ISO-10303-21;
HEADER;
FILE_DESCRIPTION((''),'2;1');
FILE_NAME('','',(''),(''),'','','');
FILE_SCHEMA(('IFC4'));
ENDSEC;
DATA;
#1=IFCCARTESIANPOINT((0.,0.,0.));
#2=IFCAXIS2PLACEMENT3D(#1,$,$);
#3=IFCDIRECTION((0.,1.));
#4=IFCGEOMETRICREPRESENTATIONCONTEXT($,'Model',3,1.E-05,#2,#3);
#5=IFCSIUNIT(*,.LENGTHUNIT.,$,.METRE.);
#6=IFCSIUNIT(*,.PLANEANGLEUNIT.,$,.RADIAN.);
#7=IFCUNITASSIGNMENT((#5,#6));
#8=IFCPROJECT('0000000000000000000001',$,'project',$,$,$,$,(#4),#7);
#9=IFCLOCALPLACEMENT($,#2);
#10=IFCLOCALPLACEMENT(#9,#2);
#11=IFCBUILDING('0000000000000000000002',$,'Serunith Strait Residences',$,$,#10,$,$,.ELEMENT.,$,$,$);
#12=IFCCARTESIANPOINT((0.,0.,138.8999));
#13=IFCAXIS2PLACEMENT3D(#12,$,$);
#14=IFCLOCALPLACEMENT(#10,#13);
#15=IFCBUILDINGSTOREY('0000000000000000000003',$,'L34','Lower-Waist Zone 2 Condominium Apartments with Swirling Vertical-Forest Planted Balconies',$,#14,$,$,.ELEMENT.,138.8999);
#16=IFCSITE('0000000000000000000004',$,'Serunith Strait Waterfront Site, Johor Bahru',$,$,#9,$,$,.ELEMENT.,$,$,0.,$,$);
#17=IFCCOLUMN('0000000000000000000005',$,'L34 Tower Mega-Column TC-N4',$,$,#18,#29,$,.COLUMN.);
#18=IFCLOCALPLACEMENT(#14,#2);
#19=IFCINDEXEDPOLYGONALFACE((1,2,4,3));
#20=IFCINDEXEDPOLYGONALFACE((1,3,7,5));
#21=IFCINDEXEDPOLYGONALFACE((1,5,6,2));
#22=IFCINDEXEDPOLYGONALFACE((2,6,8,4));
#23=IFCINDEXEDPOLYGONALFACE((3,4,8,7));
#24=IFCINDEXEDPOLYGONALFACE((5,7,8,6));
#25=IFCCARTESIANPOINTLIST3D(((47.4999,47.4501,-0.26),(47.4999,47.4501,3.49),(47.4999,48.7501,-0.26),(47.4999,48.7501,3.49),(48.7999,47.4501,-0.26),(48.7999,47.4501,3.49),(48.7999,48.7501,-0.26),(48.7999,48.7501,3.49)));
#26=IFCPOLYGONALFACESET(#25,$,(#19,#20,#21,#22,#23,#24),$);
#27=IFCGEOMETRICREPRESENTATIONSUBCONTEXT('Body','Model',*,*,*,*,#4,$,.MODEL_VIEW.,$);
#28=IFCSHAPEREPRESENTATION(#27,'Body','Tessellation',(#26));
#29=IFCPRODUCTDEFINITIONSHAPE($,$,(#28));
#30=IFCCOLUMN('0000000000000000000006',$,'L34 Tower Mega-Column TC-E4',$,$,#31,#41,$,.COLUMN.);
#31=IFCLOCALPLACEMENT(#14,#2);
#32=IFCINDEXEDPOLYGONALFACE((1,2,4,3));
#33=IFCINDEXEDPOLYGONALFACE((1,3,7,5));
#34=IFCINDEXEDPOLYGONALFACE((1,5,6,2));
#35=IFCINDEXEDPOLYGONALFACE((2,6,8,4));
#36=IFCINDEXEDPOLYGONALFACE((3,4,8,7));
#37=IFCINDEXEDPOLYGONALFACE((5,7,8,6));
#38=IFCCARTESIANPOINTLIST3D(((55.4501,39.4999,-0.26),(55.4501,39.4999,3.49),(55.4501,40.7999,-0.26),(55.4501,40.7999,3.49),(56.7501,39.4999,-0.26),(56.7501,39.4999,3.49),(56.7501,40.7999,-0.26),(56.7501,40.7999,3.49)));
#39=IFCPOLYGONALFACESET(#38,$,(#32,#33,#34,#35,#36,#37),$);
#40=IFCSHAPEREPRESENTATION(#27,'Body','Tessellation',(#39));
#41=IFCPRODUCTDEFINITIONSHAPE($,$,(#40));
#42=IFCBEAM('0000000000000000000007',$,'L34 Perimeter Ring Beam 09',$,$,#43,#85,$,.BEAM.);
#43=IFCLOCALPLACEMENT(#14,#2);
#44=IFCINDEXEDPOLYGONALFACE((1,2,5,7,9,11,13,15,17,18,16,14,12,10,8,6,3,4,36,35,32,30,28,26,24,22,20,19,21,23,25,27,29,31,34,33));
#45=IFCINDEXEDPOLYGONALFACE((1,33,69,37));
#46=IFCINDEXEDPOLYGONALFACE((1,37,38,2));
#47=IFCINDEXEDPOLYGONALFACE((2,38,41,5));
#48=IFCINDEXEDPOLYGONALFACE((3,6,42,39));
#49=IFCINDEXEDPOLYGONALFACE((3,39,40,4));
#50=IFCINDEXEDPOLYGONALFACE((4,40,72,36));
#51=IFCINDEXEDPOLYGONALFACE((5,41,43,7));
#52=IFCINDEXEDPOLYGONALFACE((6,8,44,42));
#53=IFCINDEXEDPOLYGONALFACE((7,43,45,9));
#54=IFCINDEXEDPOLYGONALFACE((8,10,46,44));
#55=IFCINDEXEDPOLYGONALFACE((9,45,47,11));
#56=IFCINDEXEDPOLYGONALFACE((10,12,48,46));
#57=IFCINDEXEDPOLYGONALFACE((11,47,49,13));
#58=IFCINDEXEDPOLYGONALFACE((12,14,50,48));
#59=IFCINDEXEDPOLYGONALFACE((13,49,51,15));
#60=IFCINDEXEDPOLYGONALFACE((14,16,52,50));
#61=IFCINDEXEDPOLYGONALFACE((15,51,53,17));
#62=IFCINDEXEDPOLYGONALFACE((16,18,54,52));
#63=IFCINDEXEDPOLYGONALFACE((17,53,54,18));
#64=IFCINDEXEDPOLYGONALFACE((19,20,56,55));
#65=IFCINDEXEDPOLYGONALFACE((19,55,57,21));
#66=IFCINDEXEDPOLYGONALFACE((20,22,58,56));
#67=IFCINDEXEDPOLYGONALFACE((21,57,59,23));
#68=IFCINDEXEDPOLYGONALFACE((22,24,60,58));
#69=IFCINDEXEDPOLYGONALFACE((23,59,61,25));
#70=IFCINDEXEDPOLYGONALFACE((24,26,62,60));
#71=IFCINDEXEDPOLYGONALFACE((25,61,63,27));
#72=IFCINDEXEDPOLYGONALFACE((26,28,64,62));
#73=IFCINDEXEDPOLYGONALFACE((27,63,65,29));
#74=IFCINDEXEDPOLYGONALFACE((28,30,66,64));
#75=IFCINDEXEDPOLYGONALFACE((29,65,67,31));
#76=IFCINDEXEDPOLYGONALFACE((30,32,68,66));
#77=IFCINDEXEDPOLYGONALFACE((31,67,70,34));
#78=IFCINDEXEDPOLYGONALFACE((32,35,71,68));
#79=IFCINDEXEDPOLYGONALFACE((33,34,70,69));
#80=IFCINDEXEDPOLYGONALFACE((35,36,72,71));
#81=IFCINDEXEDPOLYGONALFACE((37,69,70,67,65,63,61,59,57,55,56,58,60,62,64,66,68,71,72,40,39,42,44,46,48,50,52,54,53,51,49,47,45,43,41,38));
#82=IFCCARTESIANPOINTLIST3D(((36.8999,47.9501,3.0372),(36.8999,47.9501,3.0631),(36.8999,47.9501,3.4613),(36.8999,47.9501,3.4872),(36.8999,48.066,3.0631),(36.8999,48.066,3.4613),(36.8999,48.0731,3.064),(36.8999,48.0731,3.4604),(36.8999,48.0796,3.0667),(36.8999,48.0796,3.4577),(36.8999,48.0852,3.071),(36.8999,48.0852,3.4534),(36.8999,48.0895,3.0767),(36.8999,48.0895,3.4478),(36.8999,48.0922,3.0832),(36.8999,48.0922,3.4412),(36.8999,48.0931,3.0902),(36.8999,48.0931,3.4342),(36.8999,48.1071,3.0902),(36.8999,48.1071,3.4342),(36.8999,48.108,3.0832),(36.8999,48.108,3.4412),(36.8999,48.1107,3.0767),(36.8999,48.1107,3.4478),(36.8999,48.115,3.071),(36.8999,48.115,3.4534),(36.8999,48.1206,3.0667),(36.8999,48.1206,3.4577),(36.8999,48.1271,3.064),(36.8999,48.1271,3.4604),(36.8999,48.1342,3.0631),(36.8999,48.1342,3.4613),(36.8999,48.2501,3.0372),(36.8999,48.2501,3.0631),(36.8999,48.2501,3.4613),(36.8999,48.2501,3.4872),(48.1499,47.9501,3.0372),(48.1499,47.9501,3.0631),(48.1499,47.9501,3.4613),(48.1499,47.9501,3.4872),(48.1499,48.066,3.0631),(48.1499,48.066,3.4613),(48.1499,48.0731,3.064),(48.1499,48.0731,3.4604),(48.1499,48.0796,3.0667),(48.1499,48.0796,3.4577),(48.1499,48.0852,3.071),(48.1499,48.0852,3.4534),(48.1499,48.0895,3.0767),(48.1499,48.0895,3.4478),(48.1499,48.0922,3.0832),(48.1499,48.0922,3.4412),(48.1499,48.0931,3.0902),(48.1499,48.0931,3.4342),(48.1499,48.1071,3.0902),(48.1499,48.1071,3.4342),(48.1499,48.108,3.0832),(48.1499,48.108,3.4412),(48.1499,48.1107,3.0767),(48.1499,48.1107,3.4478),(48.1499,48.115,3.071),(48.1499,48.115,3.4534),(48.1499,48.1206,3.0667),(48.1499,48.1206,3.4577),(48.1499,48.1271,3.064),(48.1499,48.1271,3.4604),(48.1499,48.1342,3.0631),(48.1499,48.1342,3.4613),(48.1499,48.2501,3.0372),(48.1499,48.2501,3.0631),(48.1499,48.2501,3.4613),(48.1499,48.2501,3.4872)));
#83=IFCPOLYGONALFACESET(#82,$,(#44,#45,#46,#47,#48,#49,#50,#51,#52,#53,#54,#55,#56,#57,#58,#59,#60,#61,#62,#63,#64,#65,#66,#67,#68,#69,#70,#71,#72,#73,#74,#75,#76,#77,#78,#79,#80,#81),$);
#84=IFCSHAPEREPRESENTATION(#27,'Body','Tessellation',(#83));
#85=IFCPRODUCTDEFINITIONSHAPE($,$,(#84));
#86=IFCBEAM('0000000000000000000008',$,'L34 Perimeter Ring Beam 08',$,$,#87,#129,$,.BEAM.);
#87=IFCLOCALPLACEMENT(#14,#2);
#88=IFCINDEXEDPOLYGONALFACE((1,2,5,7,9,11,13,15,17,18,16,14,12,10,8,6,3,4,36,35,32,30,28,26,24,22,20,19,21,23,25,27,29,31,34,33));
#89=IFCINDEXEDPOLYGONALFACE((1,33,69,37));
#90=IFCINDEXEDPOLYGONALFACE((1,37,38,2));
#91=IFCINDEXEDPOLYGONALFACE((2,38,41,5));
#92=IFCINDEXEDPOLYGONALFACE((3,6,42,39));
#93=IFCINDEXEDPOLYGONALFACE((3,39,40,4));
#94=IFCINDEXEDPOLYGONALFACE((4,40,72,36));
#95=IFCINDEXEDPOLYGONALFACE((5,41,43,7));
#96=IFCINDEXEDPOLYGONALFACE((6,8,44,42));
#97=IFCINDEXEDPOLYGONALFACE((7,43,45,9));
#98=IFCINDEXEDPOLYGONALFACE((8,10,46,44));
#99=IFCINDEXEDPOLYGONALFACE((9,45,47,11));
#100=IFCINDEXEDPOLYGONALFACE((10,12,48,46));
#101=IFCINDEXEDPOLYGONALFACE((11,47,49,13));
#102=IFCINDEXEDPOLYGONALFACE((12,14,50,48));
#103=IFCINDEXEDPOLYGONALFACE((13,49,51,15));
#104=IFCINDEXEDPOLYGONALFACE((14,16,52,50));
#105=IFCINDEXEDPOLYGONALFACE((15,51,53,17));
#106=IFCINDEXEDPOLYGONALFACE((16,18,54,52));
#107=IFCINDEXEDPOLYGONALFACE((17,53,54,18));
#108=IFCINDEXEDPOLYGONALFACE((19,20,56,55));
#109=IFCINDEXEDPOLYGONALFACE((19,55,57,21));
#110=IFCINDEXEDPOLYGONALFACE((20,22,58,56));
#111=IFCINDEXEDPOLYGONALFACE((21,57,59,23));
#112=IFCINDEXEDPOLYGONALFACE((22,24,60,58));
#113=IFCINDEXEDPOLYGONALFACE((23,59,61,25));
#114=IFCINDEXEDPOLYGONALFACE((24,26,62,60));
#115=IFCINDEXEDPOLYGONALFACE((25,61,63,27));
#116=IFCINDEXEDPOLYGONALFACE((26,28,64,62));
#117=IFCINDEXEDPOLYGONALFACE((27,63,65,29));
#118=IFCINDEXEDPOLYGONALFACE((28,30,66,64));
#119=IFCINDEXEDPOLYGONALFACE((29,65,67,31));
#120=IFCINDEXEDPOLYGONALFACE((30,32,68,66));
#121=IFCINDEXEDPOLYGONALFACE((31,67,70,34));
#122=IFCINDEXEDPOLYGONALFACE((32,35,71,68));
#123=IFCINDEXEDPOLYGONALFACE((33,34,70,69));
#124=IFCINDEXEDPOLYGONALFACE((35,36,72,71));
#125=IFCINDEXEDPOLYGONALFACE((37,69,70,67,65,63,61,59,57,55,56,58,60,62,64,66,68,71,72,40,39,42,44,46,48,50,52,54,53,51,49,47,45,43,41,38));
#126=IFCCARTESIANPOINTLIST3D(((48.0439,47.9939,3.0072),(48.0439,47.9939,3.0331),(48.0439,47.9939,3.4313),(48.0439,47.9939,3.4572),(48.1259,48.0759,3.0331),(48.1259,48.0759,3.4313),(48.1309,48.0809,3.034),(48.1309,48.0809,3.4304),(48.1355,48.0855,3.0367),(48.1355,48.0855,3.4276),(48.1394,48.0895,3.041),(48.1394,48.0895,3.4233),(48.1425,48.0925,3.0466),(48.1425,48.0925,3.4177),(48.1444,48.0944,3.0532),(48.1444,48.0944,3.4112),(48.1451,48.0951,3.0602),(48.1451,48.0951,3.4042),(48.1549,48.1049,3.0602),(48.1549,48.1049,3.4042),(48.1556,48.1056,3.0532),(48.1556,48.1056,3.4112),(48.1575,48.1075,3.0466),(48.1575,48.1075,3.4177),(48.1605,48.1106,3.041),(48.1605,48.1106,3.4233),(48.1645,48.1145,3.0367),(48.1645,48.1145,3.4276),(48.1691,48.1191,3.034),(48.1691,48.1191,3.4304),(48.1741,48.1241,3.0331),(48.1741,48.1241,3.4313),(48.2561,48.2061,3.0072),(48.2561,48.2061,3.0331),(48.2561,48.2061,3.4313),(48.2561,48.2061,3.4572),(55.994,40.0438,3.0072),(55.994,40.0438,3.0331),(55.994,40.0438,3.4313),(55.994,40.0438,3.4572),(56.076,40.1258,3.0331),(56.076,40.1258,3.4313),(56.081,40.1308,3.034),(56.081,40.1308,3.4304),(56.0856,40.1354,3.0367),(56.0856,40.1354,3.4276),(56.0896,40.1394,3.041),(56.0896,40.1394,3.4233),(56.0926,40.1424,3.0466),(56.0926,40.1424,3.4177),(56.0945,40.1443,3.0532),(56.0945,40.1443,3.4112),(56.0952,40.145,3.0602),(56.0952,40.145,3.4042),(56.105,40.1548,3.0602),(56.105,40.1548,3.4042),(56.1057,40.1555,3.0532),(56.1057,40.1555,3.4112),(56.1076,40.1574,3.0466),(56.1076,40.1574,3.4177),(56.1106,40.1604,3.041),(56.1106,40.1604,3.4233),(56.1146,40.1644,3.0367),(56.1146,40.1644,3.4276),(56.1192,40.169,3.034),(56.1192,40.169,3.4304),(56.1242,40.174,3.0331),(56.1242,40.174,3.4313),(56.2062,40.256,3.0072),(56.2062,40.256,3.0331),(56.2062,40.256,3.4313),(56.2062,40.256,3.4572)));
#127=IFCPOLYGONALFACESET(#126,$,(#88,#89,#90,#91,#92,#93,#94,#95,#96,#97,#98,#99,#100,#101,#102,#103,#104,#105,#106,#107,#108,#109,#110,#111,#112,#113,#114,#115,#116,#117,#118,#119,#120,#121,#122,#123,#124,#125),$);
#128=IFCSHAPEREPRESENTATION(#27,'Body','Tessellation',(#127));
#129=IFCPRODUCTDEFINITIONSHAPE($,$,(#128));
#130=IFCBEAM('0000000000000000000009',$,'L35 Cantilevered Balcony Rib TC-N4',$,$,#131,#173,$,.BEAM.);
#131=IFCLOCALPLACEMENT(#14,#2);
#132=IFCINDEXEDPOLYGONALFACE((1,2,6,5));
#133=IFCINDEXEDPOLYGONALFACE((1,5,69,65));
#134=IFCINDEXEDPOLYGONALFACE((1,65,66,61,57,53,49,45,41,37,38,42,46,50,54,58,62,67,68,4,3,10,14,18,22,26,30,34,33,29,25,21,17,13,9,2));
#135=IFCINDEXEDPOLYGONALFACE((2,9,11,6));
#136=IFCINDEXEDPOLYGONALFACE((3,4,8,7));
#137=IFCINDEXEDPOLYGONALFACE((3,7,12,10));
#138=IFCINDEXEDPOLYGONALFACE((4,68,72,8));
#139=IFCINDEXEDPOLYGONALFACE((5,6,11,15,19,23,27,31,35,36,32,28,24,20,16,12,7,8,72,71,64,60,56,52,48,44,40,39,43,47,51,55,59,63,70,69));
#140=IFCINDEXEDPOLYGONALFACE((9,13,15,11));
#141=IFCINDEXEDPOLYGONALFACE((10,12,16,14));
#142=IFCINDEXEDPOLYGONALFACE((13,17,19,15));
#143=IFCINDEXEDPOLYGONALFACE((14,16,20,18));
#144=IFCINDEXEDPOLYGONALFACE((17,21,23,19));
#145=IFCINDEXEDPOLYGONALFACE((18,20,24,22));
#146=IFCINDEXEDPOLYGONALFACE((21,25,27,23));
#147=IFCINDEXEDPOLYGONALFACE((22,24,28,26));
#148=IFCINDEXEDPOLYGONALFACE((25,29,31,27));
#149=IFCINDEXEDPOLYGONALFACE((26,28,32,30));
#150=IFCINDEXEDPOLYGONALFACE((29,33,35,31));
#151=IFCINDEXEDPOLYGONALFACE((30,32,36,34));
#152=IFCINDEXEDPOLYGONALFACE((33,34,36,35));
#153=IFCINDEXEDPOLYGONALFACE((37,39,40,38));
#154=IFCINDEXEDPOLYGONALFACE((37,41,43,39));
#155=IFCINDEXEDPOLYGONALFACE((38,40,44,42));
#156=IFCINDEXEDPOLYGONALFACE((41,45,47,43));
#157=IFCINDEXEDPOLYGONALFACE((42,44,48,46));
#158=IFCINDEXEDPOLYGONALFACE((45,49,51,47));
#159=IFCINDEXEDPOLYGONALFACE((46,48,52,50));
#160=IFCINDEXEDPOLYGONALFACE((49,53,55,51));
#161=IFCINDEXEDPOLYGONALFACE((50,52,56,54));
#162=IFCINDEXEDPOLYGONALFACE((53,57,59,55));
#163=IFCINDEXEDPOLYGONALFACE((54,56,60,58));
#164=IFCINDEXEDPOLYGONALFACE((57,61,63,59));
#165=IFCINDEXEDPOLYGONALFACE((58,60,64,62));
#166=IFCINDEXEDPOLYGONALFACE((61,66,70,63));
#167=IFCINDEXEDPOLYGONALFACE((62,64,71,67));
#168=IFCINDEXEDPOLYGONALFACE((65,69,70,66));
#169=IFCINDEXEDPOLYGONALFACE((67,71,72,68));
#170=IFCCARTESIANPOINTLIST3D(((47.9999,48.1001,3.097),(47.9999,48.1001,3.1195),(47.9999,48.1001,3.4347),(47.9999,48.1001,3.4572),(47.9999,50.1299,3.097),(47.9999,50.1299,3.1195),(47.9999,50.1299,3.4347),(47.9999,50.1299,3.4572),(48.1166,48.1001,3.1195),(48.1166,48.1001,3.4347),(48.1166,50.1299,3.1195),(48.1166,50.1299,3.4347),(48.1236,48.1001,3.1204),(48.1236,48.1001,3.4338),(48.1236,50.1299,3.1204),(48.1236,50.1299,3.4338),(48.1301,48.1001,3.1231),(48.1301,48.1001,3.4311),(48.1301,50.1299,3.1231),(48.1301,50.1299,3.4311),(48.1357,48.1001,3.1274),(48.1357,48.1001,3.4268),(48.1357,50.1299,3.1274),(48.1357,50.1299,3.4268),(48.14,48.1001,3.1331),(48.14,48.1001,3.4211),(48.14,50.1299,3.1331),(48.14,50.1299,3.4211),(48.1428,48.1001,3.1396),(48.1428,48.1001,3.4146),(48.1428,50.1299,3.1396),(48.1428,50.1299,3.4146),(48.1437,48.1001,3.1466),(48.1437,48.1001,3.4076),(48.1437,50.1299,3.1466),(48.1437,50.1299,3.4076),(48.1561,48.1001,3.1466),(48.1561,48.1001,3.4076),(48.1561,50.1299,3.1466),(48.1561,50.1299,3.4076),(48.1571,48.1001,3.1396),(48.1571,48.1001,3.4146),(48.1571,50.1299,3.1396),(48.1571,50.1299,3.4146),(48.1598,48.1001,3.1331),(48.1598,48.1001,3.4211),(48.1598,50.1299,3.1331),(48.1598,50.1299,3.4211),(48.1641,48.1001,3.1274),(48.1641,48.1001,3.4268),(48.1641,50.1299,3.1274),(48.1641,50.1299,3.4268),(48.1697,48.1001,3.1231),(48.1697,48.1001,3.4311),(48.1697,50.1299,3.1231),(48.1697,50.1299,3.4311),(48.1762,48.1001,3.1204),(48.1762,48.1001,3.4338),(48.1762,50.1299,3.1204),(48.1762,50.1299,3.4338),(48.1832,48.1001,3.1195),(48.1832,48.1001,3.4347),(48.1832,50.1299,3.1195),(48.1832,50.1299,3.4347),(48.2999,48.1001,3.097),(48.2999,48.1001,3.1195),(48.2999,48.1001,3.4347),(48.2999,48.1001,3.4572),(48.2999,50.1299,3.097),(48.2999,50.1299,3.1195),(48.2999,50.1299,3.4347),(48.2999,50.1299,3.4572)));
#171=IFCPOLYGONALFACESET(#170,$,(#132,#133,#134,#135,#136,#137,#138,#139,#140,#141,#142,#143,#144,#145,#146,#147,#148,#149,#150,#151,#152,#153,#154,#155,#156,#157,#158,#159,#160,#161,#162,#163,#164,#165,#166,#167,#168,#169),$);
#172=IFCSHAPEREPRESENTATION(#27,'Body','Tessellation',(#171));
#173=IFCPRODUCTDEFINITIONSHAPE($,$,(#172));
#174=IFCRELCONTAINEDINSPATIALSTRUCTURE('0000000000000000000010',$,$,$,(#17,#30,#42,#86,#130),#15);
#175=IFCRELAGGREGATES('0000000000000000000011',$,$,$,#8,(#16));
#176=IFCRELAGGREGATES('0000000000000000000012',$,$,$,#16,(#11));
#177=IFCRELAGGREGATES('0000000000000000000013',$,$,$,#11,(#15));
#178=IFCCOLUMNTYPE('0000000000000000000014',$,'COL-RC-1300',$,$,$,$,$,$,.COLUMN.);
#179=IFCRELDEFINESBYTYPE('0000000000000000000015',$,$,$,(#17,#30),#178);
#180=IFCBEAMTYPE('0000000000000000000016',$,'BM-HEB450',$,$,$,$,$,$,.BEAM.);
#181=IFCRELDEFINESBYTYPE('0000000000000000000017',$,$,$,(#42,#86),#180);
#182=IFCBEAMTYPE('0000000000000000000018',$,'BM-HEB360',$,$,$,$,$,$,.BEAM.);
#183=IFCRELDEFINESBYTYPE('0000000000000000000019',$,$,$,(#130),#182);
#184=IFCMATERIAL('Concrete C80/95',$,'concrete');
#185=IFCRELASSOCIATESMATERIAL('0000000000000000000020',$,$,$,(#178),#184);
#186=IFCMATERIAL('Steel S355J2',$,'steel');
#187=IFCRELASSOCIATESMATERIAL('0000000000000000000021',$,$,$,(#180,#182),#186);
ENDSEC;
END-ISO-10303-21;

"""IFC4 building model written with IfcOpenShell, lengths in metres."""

from ifc_helpers import new_model, si_unit, direction, frame, origin, origin_2d, place, context, subcontext, project, spatial, rectangle, i_section, extrude, source, transform, mapped, material, material_profile, profile_set, type_object, element, save


model = new_model("IFC4")

# Units and contexts
model_context = context("Model", 3, precision=1e-05, world=origin(), true_north=direction((0.0, 1.0)))
body_context = subcontext(model_context, "Body", "Model", "MODEL_VIEW")
ifc_project = project(units=[si_unit("LENGTHUNIT", "METRE"), si_unit("PLANEANGLEUNIT", "RADIAN")], contexts=[model_context])

# Site, building, storey
site_placement = place(None, origin())
site = spatial("IfcSite", under=ifc_project, at=site_placement, Name="Serunith Strait Waterfront Site, Johor Bahru", CompositionType="ELEMENT", RefElevation=0.0)
building_placement = place(site_placement, origin())
building = spatial("IfcBuilding", under=site, at=building_placement, Name="Serunith Strait Residences", CompositionType="ELEMENT")
storey_placement = place(building_placement, frame((0.0, 0.0, 138.8999)))
storey = spatial("IfcBuildingStorey", under=building, at=storey_placement, Name="L34", Description="Lower-Waist Zone 2 Condominium Apartments with Swirling Vertical-Forest Planted Balconies", CompositionType="ELEMENT", Elevation=138.8999)

# Columns
ifc_material_1 = material(Name="Concrete C80/95", Category="concrete")
ifc_material_profile_1 = material_profile(ifc_material_1, rectangle(XDim=1.3, YDim=1.3, at=origin_2d()), Name="RC 1300x1300")
ifc_profile_set_1 = profile_set([ifc_material_profile_1], Name="Concrete C80/95")
column_type = type_object("IfcColumnType", Name="COL-RC-1300", PredefinedType="COLUMN", material=ifc_profile_set_1)
shared_shape_1 = source(origin(), body_context, "Body", "SweptSolid", [
    extrude(rectangle(XDim=1.3, YDim=1.3, at=origin_2d()), origin(), (0.0, 0.0, 1.0), 3.75),
])
for number, where, z_axis, x_axis, name in (
    (1, (48.1499, 48.1001, -0.26), (0.0, 0.0, 1.0), (1.0, 0.0, 0.0), "L34 Tower Mega-Column TC-N4"),
    (2, (56.1001, 40.1499, -0.26), (0.0, 0.0, 1.0), (1.0, 0.0, 0.0), "L34 Tower Mega-Column TC-E4"),
):
    element("IfcColumn", number, at=place(storey_placement, frame(where, z_axis=z_axis, x_axis=x_axis)), inside=storey, type_object=column_type, Name=name, PredefinedType="COLUMN", context=body_context, shape_type="MappedRepresentation", body=[
        mapped(shared_shape_1, transform((0.0, 0.0, 0.0), scale=1.0)),
    ])

# Beams
ifc_material_2 = material(Name="Steel S355J2", Category="steel")
ifc_material_profile_2 = material_profile(ifc_material_2, i_section(OverallWidth=0.3, OverallDepth=0.45, WebThickness=0.0139, FlangeThickness=0.0259, FilletRadius=0.0271, at=origin_2d()), Name="HEB 450")
ifc_profile_set_2 = profile_set([ifc_material_profile_2], Name="Steel S355J2")
beam_type_1 = type_object("IfcBeamType", Name="BM-HEB450", PredefinedType="BEAM", material=ifc_profile_set_2)
shared_shape_2 = source(origin(), body_context, "Body", "SweptSolid", [
    extrude(i_section(OverallWidth=0.3, OverallDepth=0.45, WebThickness=0.0139, FlangeThickness=0.0259, FilletRadius=0.0271, at=origin_2d()), origin(), (0.0, 0.0, 1.0), 11.25),
])
beam_1_placement = place(storey_placement, frame((48.1499, 48.1001, 3.2622), z_axis=(-1.0, 0.0, 0.0), x_axis=(0.0, -1.0, 0.0)))
element("IfcBeam", 3, at=beam_1_placement, inside=storey, type_object=beam_type_1, Name="L34 Perimeter Ring Beam 09", PredefinedType="BEAM", context=body_context, shape_type="MappedRepresentation", body=[
    mapped(shared_shape_2, transform((0.0, 0.0, 0.0), scale=1.0)),
])
shared_shape_3 = source(origin(), body_context, "Body", "SweptSolid", [
    extrude(i_section(OverallWidth=0.3, OverallDepth=0.45, WebThickness=0.0139, FlangeThickness=0.0259, FilletRadius=0.0271, at=origin_2d()), origin(), (0.0, 0.0, 1.0), 11.2432),
])
beam_2_placement = place(storey_placement, frame((56.1001, 40.1499, 3.2322), z_axis=(-0.707107, 0.707107, 0.0), x_axis=(-0.707107, -0.707107, 0.0)))
element("IfcBeam", 4, at=beam_2_placement, inside=storey, type_object=beam_type_1, Name="L34 Perimeter Ring Beam 08", PredefinedType="BEAM", context=body_context, shape_type="MappedRepresentation", body=[
    mapped(shared_shape_3, transform((0.0, 0.0, 0.0), scale=1.0)),
])
ifc_material_profile_3 = material_profile(ifc_material_2, i_section(OverallWidth=0.3, OverallDepth=0.3601, WebThickness=0.0125, FlangeThickness=0.0225, FilletRadius=0.0271, at=origin_2d()), Name="HEB 360")
ifc_profile_set_3 = profile_set([ifc_material_profile_3], Name="Steel S355J2")
beam_type_2 = type_object("IfcBeamType", Name="BM-HEB360", PredefinedType="BEAM", material=ifc_profile_set_3)
shared_shape_4 = source(origin(), body_context, "Body", "SweptSolid", [
    extrude(i_section(OverallWidth=0.3, OverallDepth=0.3601, WebThickness=0.0125, FlangeThickness=0.0225, FilletRadius=0.0271, at=origin_2d()), origin(), (0.0, 0.0, 1.0), 2.0298),
])
for number, where, z_axis, x_axis, name in (
    (5, (48.1499, 48.1001, 3.2771), (0.0, 1.0, 0.0), (-1.0, 0.0, 0.0), "L35 Cantilevered Balcony Rib TC-N4"),
):
    element("IfcBeam", number, at=place(storey_placement, frame(where, z_axis=z_axis, x_axis=x_axis)), inside=storey, type_object=beam_type_2, Name=name, PredefinedType="BEAM", context=body_context, shape_type="MappedRepresentation", body=[
        mapped(shared_shape_4, transform((0.0, 0.0, 0.0), scale=1.0)),
    ])

save(model, "model.ifc")
